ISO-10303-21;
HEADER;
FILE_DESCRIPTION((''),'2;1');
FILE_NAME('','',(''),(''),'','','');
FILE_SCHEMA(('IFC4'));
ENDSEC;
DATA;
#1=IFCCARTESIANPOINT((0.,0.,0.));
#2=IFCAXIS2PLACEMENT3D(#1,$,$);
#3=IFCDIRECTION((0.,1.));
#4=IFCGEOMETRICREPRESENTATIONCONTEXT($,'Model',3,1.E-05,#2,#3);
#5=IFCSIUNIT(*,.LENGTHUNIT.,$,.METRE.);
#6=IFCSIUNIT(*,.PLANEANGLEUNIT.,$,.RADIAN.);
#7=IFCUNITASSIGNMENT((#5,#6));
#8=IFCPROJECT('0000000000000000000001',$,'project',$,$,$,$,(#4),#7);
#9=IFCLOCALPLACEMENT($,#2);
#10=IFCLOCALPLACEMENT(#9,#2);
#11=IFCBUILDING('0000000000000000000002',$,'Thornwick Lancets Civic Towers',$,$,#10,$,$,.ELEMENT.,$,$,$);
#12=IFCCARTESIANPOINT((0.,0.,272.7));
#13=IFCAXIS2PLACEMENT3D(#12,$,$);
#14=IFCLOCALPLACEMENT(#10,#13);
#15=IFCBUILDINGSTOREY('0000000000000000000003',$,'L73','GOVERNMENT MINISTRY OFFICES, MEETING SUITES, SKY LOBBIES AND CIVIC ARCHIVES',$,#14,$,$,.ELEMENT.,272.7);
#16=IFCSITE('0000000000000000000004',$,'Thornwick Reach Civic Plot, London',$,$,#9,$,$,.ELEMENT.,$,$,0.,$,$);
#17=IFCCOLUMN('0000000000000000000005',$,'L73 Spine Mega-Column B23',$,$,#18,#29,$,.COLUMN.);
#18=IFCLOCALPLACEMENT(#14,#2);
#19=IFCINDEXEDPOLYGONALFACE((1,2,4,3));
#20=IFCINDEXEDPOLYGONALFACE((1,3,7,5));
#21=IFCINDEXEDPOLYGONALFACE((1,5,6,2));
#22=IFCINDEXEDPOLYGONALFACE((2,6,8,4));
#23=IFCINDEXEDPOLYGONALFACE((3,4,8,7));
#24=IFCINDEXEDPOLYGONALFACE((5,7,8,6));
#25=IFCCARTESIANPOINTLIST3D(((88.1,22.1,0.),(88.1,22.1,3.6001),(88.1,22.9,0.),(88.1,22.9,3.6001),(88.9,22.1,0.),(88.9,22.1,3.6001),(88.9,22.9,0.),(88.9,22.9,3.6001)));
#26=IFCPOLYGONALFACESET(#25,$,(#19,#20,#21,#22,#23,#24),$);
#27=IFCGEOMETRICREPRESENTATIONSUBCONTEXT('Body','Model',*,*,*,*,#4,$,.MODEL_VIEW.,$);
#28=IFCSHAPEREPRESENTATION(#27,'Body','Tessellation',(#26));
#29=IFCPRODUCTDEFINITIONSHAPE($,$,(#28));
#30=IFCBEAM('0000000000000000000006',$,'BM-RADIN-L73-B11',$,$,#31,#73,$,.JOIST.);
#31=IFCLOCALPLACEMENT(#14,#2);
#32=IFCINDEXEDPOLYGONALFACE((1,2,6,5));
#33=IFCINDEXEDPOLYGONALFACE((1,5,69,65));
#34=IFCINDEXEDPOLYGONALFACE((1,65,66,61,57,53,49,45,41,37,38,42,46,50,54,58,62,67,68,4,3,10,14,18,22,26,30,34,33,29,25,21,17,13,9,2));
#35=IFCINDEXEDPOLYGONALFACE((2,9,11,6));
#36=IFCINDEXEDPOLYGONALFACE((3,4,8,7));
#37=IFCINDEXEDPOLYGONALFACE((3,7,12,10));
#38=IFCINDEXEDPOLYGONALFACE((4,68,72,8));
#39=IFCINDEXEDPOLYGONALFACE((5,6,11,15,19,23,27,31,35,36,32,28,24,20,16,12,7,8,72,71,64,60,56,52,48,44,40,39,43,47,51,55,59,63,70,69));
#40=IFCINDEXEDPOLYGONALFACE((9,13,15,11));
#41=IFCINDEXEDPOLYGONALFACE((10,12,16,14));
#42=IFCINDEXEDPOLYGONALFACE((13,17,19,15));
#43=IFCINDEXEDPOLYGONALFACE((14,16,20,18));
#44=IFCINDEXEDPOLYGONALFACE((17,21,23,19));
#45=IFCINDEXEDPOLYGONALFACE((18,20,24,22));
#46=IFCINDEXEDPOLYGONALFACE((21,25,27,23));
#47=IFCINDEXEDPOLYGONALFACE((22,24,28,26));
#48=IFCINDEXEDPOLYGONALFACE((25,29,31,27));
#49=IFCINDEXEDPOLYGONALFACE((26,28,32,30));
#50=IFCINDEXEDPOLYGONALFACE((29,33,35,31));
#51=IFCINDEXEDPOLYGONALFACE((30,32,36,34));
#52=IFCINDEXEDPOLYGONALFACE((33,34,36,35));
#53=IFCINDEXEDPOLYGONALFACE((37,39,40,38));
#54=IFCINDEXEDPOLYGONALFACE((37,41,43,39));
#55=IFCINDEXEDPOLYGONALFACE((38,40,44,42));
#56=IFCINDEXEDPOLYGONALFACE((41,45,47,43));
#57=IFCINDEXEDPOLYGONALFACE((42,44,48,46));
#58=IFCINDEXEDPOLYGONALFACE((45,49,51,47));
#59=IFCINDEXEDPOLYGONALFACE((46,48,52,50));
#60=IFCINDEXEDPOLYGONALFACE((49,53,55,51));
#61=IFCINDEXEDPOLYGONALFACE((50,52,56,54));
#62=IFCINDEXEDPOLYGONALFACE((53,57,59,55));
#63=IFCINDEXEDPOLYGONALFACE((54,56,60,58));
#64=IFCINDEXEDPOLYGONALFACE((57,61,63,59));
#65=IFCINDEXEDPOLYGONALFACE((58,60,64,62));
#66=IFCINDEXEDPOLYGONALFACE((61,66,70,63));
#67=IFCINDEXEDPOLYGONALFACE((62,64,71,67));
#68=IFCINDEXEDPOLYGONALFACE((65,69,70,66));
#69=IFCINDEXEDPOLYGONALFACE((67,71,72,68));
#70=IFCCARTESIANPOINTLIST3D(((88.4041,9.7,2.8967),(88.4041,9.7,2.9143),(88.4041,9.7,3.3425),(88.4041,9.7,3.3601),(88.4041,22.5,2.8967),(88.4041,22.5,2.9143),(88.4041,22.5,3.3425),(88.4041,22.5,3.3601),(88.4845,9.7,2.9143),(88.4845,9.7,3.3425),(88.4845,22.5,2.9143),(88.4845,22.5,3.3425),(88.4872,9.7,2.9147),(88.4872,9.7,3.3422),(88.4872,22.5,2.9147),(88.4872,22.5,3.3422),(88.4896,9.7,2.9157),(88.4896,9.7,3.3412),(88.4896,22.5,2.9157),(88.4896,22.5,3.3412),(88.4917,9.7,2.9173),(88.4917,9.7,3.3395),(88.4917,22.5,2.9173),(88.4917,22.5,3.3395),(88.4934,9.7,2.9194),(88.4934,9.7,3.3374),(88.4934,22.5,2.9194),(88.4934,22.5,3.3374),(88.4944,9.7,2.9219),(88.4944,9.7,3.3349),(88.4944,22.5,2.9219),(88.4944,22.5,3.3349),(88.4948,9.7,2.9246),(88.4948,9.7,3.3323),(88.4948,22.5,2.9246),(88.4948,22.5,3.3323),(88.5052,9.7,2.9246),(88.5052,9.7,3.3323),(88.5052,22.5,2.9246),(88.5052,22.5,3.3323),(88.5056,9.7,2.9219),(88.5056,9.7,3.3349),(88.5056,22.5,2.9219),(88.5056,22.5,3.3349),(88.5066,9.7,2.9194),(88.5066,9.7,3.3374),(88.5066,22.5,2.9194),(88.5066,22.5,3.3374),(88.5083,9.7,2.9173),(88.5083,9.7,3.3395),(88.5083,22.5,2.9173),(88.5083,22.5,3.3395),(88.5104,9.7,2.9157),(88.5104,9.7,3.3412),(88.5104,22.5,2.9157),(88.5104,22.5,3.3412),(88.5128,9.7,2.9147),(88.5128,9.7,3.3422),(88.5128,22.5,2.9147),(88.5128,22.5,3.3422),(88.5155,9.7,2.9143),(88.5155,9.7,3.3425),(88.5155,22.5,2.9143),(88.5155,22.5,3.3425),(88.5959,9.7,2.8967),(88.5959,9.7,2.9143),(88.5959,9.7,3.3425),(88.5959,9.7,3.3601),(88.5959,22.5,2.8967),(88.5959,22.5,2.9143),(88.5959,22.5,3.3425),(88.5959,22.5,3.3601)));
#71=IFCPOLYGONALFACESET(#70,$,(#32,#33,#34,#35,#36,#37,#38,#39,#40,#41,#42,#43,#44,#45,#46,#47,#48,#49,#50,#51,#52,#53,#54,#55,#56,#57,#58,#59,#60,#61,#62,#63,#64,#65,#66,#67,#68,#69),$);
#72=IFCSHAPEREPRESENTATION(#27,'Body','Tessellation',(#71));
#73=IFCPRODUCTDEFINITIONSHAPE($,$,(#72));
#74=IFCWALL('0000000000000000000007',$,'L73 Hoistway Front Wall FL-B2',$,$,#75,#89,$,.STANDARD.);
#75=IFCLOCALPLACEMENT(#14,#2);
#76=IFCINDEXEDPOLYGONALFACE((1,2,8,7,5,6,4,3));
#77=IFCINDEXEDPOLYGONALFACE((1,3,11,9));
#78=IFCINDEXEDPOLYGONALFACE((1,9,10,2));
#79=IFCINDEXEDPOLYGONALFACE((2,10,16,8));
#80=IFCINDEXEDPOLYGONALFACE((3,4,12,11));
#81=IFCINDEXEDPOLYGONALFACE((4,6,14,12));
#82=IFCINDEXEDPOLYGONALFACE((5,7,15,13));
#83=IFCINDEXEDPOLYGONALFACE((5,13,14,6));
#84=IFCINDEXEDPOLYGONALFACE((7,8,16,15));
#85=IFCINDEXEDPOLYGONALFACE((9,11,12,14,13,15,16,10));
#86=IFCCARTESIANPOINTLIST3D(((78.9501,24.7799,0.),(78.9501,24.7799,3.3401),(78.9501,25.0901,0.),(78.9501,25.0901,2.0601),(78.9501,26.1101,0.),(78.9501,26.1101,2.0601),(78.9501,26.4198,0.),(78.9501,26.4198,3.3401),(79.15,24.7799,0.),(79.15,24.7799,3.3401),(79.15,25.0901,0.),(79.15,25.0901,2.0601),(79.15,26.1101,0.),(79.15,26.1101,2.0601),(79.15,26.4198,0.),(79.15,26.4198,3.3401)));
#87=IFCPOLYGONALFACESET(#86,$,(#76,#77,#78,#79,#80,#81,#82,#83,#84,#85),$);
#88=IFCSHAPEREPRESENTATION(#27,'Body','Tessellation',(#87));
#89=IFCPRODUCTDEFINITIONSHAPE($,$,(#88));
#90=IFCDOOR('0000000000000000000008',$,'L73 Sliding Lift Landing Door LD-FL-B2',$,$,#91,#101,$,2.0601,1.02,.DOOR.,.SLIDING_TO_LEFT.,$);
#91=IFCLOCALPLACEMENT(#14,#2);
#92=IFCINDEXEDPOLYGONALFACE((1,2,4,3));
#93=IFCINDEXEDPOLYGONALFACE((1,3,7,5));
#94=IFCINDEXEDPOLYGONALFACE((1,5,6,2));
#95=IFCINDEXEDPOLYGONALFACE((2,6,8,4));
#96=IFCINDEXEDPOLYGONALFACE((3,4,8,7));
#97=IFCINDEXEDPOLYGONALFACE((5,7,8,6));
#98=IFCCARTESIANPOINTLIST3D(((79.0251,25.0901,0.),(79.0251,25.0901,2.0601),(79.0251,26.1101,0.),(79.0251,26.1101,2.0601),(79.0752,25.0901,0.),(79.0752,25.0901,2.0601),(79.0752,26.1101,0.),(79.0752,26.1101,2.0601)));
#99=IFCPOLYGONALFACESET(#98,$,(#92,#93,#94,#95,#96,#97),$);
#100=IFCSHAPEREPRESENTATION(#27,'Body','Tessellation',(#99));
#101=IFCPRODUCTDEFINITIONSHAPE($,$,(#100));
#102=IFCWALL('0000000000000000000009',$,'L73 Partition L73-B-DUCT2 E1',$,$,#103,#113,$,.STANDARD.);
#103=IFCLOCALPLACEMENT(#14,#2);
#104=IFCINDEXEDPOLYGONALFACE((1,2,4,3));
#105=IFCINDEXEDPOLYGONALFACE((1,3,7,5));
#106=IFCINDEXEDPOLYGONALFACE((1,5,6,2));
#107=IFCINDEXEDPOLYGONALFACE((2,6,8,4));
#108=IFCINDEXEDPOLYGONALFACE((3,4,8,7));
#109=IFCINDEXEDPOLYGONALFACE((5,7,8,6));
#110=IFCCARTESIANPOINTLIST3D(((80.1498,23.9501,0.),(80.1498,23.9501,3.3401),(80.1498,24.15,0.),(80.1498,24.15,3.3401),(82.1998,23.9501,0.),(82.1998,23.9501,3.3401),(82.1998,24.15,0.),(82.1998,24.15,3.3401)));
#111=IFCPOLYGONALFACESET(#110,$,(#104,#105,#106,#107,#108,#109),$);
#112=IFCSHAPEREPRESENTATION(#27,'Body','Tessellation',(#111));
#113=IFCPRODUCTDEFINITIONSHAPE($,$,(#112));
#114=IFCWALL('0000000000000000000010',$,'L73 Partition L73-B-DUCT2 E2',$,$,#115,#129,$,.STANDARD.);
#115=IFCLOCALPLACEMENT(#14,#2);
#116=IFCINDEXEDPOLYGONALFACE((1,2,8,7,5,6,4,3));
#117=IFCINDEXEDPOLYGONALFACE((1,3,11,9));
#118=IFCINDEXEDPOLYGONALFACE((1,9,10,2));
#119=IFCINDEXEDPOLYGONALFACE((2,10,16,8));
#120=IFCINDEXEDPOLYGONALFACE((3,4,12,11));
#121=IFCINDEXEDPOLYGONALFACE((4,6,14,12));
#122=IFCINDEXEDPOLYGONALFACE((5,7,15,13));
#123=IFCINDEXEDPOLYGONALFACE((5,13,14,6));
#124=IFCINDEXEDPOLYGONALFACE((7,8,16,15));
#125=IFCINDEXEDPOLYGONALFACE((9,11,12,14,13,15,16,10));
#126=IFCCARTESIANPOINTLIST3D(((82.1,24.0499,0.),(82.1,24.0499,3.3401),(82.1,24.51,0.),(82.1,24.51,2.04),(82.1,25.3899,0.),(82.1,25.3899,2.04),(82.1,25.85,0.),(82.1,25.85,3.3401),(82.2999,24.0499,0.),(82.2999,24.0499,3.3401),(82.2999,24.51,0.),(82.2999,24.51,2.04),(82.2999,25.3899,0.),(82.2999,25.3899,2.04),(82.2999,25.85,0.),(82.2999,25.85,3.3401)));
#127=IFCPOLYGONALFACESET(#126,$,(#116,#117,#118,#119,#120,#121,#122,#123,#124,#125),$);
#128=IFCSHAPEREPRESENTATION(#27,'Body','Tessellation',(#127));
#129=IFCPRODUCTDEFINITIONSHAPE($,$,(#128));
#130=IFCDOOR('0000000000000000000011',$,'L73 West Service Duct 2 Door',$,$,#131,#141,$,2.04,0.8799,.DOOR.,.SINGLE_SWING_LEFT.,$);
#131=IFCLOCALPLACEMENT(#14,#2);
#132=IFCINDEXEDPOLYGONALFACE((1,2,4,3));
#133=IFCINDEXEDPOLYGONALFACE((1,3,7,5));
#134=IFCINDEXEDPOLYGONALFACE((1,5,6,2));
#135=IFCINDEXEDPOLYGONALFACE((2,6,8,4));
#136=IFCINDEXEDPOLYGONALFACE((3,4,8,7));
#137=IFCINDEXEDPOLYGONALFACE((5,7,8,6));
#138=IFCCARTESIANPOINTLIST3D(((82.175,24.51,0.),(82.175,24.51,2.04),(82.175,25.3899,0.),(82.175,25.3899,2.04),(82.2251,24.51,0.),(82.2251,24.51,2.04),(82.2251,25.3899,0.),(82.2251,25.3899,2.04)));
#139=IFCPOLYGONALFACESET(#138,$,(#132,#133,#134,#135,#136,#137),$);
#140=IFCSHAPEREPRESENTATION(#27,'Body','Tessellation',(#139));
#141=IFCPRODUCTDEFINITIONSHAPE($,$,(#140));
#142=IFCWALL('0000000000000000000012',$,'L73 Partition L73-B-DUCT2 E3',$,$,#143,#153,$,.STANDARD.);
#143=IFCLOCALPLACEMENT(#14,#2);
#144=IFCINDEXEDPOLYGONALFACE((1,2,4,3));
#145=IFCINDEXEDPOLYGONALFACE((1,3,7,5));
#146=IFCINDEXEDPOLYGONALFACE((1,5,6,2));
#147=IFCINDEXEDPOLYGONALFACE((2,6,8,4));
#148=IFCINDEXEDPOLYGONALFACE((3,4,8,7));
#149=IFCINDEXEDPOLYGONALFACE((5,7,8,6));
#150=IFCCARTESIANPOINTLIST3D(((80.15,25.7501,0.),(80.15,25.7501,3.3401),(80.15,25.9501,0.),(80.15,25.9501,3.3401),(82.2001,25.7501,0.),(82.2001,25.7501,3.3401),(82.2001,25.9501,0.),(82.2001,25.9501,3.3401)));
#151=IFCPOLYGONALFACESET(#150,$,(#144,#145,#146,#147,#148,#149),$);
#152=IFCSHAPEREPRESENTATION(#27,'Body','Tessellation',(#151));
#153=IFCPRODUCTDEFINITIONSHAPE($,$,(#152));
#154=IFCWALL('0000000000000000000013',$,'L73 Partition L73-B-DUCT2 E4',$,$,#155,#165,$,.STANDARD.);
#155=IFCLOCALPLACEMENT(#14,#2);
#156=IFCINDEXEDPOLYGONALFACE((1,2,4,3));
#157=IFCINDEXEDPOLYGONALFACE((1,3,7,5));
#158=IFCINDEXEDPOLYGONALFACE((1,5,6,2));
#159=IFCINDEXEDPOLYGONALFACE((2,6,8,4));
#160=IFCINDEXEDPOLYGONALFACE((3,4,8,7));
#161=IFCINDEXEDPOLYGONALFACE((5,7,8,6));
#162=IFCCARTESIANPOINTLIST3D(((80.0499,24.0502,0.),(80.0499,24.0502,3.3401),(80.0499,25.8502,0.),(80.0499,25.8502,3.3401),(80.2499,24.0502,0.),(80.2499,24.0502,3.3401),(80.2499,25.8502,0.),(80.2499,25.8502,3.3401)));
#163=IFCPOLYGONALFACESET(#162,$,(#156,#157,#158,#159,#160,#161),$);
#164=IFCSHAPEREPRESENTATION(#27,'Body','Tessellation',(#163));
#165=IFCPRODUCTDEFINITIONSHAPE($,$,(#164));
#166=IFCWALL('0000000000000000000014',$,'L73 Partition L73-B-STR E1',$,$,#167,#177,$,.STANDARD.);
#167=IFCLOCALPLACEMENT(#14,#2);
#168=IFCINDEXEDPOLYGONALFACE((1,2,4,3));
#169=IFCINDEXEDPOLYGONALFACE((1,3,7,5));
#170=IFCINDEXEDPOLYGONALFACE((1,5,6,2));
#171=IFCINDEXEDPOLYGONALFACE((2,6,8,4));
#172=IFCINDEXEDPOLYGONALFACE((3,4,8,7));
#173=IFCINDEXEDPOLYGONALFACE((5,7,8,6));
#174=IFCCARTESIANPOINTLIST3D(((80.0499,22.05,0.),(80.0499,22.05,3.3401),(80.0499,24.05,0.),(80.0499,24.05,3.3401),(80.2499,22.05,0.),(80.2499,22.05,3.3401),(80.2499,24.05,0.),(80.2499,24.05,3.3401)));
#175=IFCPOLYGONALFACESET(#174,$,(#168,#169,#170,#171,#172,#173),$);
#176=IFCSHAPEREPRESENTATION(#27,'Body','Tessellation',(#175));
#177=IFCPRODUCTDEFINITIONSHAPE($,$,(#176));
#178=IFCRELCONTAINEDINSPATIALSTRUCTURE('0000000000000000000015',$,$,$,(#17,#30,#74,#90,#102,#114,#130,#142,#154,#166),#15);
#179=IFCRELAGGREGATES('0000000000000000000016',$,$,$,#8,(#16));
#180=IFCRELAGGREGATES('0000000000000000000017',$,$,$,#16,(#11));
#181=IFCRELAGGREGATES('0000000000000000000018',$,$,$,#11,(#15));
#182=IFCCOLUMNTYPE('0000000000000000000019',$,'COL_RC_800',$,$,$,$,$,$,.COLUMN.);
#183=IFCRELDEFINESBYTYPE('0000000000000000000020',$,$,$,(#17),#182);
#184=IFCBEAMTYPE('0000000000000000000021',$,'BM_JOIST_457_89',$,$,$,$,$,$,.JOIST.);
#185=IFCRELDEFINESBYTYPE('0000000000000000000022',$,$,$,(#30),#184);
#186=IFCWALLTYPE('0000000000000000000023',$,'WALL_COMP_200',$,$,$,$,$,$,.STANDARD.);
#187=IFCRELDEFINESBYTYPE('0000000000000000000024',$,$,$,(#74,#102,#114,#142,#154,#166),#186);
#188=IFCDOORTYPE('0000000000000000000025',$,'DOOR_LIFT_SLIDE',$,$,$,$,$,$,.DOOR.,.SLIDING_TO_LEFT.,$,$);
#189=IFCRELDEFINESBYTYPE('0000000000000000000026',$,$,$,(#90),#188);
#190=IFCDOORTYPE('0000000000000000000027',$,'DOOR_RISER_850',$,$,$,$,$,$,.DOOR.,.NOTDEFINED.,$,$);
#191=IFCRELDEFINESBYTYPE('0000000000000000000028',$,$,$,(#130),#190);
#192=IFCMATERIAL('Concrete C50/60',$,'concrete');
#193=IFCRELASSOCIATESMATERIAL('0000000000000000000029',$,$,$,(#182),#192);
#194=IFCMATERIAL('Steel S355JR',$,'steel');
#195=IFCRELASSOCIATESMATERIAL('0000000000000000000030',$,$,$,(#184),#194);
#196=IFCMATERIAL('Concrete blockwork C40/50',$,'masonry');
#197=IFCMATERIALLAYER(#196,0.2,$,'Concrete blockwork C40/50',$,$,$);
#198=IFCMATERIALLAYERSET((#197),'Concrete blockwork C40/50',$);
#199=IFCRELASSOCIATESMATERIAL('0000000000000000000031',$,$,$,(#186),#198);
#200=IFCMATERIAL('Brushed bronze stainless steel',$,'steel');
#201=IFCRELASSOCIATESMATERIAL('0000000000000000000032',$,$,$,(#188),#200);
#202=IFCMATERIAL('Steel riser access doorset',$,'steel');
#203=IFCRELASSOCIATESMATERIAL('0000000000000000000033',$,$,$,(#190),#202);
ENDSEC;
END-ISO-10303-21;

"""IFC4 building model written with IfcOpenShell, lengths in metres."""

from ifc_helpers import new_model, si_unit, direction, frame, frame_2d, origin, origin_2d, place, context, subcontext, project, spatial, rectangle, i_section, extrude, material, layer, layer_set, material_profile, profile_set, type_object, element, fill, save


model = new_model("IFC4")

# Units and contexts
model_context = context("Model", 3, precision=1e-05, world=origin(), true_north=direction((0.0, 1.0)))
body_context = subcontext(model_context, "Body", "Model", "MODEL_VIEW")
ifc_project = project(units=[si_unit("LENGTHUNIT", "METRE"), si_unit("PLANEANGLEUNIT", "RADIAN")], contexts=[model_context])

# Site, building, storey
site_placement = place(None, origin())
site = spatial("IfcSite", under=ifc_project, at=site_placement, Name="Thornwick Reach Civic Plot, London", CompositionType="ELEMENT", RefElevation=0.0)
building_placement = place(site_placement, origin())
building = spatial("IfcBuilding", under=site, at=building_placement, Name="Thornwick Lancets Civic Towers", CompositionType="ELEMENT")
storey_placement = place(building_placement, frame((0.0, 0.0, 272.7)))
storey = spatial("IfcBuildingStorey", under=building, at=storey_placement, Name="L73", Description="GOVERNMENT MINISTRY OFFICES, MEETING SUITES, SKY LOBBIES AND CIVIC ARCHIVES", CompositionType="ELEMENT", Elevation=272.7)

# Column
ifc_material_1 = material(Name="Concrete C50/60", Category="concrete")
ifc_material_profile_1 = material_profile(ifc_material_1, rectangle(XDim=0.8, YDim=0.8, at=origin_2d()), Name="RC 800x800")
ifc_profile_set_1 = profile_set([ifc_material_profile_1], Name="Concrete C50/60")
column_type = type_object("IfcColumnType", Name="COL_RC_800", PredefinedType="COLUMN", material=ifc_profile_set_1)
column_placement = place(storey_placement, frame((88.5, 22.5, 0.0), z_axis=(0.0, 0.0, 1.0), x_axis=(1.0, 0.0, 0.0)))
element("IfcColumn", 1, at=column_placement, inside=storey, type_object=column_type, Name="L73 Spine Mega-Column B23", PredefinedType="COLUMN", context=body_context, shape_type="SweptSolid", body=[
    extrude(rectangle(XDim=0.8, YDim=0.8, at=origin_2d()), origin(), (0.0, 0.0, 1.0), 3.6001),
])

# Beam
ifc_material_2 = material(Name="Steel S355JR", Category="steel")
ifc_material_profile_2 = material_profile(ifc_material_2, i_section(OverallWidth=0.1919, OverallDepth=0.4634, WebThickness=0.0105, FlangeThickness=0.0176, FilletRadius=0.0103, at=origin_2d()), Name="UKB 457x191x89")
ifc_profile_set_2 = profile_set([ifc_material_profile_2], Name="Steel S355JR")
beam_type = type_object("IfcBeamType", Name="BM_JOIST_457_89", PredefinedType="JOIST", material=ifc_profile_set_2)
beam_placement = place(storey_placement, frame((88.5, 22.5, 3.1284), z_axis=(0.0, -1.0, 0.0), x_axis=(1.0, 0.0, 0.0)))
element("IfcBeam", 2, at=beam_placement, inside=storey, type_object=beam_type, Name="BM-RADIN-L73-B11", PredefinedType="JOIST", context=body_context, shape_type="SweptSolid", body=[
    extrude(i_section(OverallWidth=0.1919, OverallDepth=0.4634, WebThickness=0.0105, FlangeThickness=0.0176, FilletRadius=0.0103, at=origin_2d()), origin(), (0.0, 0.0, 1.0), 12.8),
])

# Wall, opening, door
ifc_material_3 = material(Name="Concrete blockwork C40/50", Category="masonry")
ifc_layer_1 = layer(ifc_material_3, 0.2, Name="Concrete blockwork C40/50")
ifc_layer_set_1 = layer_set([ifc_layer_1], Name="Concrete blockwork C40/50")
wall_type_1 = type_object("IfcWallType", Name="WALL_COMP_200", PredefinedType="STANDARD", material=ifc_layer_set_1)
wall_1_placement = place(storey_placement, frame((79.05, 24.78, 0.0), z_axis=(0.0, 0.0, 1.0), x_axis=(0.0, 1.0, 0.0)))
wall_1 = element("IfcWall", 3, at=wall_1_placement, inside=storey, type_object=wall_type_1, Name="L73 Hoistway Front Wall FL-B2", PredefinedType="STANDARD", context=body_context, shape_type="SweptSolid", body=[
    extrude(rectangle(XDim=1.6399, YDim=0.2, at=frame_2d((0.8198, 0.0))), origin(), (0.0, 0.0, 1.0), 3.3401),
])
opening_1_placement = place(wall_1_placement, frame((0.3101, 0.0, 0.0)))
opening_1 = element("IfcOpeningElement", 4, at=opening_1_placement, cuts=wall_1, PredefinedType="OPENING", context=body_context, shape_type="SweptSolid", body=[
    extrude(rectangle(XDim=1.02, YDim=2.0601, at=frame_2d((0.51, 1.03))), frame((0.0, 0.1099, 0.0), z_axis=(0.0, -1.0, 0.0), x_axis=(1.0, 0.0, 0.0)), (0.0, 0.0, 1.0), 0.22),
])
ifc_material_4 = material(Name="Brushed bronze stainless steel", Category="steel")
door_type_1 = type_object("IfcDoorType", Name="DOOR_LIFT_SLIDE", OperationType="SLIDING_TO_LEFT", PredefinedType="DOOR", material=ifc_material_4)
door_1_placement = place(opening_1_placement, origin())
door_1 = element("IfcDoor", 5, at=door_1_placement, inside=storey, type_object=door_type_1, Name="L73 Sliding Lift Landing Door LD-FL-B2", OperationType="SLIDING_TO_LEFT", OverallHeight=2.0601, OverallWidth=1.02, PredefinedType="DOOR", context=body_context, shape_type="SweptSolid", body=[
    extrude(rectangle(XDim=1.02, YDim=2.0601, at=frame_2d((0.51, 1.03))), frame((0.0, 0.0249, 0.0), z_axis=(0.0, -1.0, 0.0), x_axis=(1.0, 0.0, 0.0)), (0.0, 0.0, 1.0), 0.05),
])
fill(opening_1, door_1)

# Wall
wall_2_placement = place(storey_placement, frame((80.1499, 24.05, 0.0), z_axis=(0.0, 0.0, 1.0), x_axis=(1.0, 0.0, 0.0)))
element("IfcWall", 6, at=wall_2_placement, inside=storey, type_object=wall_type_1, Name="L73 Partition L73-B-DUCT2 E1", PredefinedType="STANDARD", context=body_context, shape_type="SweptSolid", body=[
    extrude(rectangle(XDim=2.05, YDim=0.2, at=frame_2d((1.0249, 0.0))), origin(), (0.0, 0.0, 1.0), 3.3401),
])

# Wall, opening, door
wall_3_placement = place(storey_placement, frame((82.2, 24.05, 0.0), z_axis=(0.0, 0.0, 1.0), x_axis=(0.0, 1.0, 0.0)))
wall_3 = element("IfcWall", 7, at=wall_3_placement, inside=storey, type_object=wall_type_1, Name="L73 Partition L73-B-DUCT2 E2", PredefinedType="STANDARD", context=body_context, shape_type="SweptSolid", body=[
    extrude(rectangle(XDim=1.8, YDim=0.2, at=frame_2d((0.8999, 0.0))), origin(), (0.0, 0.0, 1.0), 3.3401),
])
opening_2_placement = place(wall_3_placement, frame((0.46, 0.0, 0.0)))
opening_2 = element("IfcOpeningElement", 8, at=opening_2_placement, cuts=wall_3, PredefinedType="OPENING", context=body_context, shape_type="SweptSolid", body=[
    extrude(rectangle(XDim=0.8799, YDim=2.04, at=frame_2d((0.4399, 1.02))), frame((0.0, 0.1099, 0.0), z_axis=(0.0, -1.0, 0.0), x_axis=(1.0, 0.0, 0.0)), (0.0, 0.0, 1.0), 0.22),
])
ifc_material_5 = material(Name="Steel riser access doorset", Category="steel")
door_type_2 = type_object("IfcDoorType", Name="DOOR_RISER_850", OperationType="NOTDEFINED", PredefinedType="DOOR", material=ifc_material_5)
door_2_placement = place(opening_2_placement, origin())
door_2 = element("IfcDoor", 9, at=door_2_placement, inside=storey, type_object=door_type_2, Name="L73 West Service Duct 2 Door", OperationType="SINGLE_SWING_LEFT", OverallHeight=2.04, OverallWidth=0.8799, PredefinedType="DOOR", context=body_context, shape_type="SweptSolid", body=[
    extrude(rectangle(XDim=0.8799, YDim=2.04, at=frame_2d((0.4399, 1.02))), frame((0.0, 0.0249, 0.0), z_axis=(0.0, -1.0, 0.0), x_axis=(1.0, 0.0, 0.0)), (0.0, 0.0, 1.0), 0.05),
])
fill(opening_2, door_2)

# Walls
wall_4_placement = place(storey_placement, frame((82.2, 25.8501, 0.0), z_axis=(0.0, 0.0, 1.0), x_axis=(-1.0, 0.0, 0.0)))
element("IfcWall", 10, at=wall_4_placement, inside=storey, type_object=wall_type_1, Name="L73 Partition L73-B-DUCT2 E3", PredefinedType="STANDARD", context=body_context, shape_type="SweptSolid", body=[
    extrude(rectangle(XDim=2.05, YDim=0.2, at=frame_2d((1.0249, 0.0))), origin(), (0.0, 0.0, 1.0), 3.3401),
])
wall_5_placement = place(storey_placement, frame((80.1499, 25.8501, 0.0), z_axis=(0.0, 0.0, 1.0), x_axis=(0.0, -1.0, 0.0)))
element("IfcWall", 11, at=wall_5_placement, inside=storey, type_object=wall_type_1, Name="L73 Partition L73-B-DUCT2 E4", PredefinedType="STANDARD", context=body_context, shape_type="SweptSolid", body=[
    extrude(rectangle(XDim=1.8, YDim=0.2, at=frame_2d((0.8999, 0.0))), origin(), (0.0, 0.0, 1.0), 3.3401),
])
wall_6_placement = place(storey_placement, frame((80.1499, 22.05, 0.0), z_axis=(0.0, 0.0, 1.0), x_axis=(0.0, 1.0, 0.0)))
element("IfcWall", 12, at=wall_6_placement, inside=storey, type_object=wall_type_1, Name="L73 Partition L73-B-STR E1", PredefinedType="STANDARD", context=body_context, shape_type="SweptSolid", body=[
    extrude(rectangle(XDim=2.0, YDim=0.2, at=frame_2d((1.0, 0.0))), origin(), (0.0, 0.0, 1.0), 3.3401),
])

save(model, "model.ifc")
